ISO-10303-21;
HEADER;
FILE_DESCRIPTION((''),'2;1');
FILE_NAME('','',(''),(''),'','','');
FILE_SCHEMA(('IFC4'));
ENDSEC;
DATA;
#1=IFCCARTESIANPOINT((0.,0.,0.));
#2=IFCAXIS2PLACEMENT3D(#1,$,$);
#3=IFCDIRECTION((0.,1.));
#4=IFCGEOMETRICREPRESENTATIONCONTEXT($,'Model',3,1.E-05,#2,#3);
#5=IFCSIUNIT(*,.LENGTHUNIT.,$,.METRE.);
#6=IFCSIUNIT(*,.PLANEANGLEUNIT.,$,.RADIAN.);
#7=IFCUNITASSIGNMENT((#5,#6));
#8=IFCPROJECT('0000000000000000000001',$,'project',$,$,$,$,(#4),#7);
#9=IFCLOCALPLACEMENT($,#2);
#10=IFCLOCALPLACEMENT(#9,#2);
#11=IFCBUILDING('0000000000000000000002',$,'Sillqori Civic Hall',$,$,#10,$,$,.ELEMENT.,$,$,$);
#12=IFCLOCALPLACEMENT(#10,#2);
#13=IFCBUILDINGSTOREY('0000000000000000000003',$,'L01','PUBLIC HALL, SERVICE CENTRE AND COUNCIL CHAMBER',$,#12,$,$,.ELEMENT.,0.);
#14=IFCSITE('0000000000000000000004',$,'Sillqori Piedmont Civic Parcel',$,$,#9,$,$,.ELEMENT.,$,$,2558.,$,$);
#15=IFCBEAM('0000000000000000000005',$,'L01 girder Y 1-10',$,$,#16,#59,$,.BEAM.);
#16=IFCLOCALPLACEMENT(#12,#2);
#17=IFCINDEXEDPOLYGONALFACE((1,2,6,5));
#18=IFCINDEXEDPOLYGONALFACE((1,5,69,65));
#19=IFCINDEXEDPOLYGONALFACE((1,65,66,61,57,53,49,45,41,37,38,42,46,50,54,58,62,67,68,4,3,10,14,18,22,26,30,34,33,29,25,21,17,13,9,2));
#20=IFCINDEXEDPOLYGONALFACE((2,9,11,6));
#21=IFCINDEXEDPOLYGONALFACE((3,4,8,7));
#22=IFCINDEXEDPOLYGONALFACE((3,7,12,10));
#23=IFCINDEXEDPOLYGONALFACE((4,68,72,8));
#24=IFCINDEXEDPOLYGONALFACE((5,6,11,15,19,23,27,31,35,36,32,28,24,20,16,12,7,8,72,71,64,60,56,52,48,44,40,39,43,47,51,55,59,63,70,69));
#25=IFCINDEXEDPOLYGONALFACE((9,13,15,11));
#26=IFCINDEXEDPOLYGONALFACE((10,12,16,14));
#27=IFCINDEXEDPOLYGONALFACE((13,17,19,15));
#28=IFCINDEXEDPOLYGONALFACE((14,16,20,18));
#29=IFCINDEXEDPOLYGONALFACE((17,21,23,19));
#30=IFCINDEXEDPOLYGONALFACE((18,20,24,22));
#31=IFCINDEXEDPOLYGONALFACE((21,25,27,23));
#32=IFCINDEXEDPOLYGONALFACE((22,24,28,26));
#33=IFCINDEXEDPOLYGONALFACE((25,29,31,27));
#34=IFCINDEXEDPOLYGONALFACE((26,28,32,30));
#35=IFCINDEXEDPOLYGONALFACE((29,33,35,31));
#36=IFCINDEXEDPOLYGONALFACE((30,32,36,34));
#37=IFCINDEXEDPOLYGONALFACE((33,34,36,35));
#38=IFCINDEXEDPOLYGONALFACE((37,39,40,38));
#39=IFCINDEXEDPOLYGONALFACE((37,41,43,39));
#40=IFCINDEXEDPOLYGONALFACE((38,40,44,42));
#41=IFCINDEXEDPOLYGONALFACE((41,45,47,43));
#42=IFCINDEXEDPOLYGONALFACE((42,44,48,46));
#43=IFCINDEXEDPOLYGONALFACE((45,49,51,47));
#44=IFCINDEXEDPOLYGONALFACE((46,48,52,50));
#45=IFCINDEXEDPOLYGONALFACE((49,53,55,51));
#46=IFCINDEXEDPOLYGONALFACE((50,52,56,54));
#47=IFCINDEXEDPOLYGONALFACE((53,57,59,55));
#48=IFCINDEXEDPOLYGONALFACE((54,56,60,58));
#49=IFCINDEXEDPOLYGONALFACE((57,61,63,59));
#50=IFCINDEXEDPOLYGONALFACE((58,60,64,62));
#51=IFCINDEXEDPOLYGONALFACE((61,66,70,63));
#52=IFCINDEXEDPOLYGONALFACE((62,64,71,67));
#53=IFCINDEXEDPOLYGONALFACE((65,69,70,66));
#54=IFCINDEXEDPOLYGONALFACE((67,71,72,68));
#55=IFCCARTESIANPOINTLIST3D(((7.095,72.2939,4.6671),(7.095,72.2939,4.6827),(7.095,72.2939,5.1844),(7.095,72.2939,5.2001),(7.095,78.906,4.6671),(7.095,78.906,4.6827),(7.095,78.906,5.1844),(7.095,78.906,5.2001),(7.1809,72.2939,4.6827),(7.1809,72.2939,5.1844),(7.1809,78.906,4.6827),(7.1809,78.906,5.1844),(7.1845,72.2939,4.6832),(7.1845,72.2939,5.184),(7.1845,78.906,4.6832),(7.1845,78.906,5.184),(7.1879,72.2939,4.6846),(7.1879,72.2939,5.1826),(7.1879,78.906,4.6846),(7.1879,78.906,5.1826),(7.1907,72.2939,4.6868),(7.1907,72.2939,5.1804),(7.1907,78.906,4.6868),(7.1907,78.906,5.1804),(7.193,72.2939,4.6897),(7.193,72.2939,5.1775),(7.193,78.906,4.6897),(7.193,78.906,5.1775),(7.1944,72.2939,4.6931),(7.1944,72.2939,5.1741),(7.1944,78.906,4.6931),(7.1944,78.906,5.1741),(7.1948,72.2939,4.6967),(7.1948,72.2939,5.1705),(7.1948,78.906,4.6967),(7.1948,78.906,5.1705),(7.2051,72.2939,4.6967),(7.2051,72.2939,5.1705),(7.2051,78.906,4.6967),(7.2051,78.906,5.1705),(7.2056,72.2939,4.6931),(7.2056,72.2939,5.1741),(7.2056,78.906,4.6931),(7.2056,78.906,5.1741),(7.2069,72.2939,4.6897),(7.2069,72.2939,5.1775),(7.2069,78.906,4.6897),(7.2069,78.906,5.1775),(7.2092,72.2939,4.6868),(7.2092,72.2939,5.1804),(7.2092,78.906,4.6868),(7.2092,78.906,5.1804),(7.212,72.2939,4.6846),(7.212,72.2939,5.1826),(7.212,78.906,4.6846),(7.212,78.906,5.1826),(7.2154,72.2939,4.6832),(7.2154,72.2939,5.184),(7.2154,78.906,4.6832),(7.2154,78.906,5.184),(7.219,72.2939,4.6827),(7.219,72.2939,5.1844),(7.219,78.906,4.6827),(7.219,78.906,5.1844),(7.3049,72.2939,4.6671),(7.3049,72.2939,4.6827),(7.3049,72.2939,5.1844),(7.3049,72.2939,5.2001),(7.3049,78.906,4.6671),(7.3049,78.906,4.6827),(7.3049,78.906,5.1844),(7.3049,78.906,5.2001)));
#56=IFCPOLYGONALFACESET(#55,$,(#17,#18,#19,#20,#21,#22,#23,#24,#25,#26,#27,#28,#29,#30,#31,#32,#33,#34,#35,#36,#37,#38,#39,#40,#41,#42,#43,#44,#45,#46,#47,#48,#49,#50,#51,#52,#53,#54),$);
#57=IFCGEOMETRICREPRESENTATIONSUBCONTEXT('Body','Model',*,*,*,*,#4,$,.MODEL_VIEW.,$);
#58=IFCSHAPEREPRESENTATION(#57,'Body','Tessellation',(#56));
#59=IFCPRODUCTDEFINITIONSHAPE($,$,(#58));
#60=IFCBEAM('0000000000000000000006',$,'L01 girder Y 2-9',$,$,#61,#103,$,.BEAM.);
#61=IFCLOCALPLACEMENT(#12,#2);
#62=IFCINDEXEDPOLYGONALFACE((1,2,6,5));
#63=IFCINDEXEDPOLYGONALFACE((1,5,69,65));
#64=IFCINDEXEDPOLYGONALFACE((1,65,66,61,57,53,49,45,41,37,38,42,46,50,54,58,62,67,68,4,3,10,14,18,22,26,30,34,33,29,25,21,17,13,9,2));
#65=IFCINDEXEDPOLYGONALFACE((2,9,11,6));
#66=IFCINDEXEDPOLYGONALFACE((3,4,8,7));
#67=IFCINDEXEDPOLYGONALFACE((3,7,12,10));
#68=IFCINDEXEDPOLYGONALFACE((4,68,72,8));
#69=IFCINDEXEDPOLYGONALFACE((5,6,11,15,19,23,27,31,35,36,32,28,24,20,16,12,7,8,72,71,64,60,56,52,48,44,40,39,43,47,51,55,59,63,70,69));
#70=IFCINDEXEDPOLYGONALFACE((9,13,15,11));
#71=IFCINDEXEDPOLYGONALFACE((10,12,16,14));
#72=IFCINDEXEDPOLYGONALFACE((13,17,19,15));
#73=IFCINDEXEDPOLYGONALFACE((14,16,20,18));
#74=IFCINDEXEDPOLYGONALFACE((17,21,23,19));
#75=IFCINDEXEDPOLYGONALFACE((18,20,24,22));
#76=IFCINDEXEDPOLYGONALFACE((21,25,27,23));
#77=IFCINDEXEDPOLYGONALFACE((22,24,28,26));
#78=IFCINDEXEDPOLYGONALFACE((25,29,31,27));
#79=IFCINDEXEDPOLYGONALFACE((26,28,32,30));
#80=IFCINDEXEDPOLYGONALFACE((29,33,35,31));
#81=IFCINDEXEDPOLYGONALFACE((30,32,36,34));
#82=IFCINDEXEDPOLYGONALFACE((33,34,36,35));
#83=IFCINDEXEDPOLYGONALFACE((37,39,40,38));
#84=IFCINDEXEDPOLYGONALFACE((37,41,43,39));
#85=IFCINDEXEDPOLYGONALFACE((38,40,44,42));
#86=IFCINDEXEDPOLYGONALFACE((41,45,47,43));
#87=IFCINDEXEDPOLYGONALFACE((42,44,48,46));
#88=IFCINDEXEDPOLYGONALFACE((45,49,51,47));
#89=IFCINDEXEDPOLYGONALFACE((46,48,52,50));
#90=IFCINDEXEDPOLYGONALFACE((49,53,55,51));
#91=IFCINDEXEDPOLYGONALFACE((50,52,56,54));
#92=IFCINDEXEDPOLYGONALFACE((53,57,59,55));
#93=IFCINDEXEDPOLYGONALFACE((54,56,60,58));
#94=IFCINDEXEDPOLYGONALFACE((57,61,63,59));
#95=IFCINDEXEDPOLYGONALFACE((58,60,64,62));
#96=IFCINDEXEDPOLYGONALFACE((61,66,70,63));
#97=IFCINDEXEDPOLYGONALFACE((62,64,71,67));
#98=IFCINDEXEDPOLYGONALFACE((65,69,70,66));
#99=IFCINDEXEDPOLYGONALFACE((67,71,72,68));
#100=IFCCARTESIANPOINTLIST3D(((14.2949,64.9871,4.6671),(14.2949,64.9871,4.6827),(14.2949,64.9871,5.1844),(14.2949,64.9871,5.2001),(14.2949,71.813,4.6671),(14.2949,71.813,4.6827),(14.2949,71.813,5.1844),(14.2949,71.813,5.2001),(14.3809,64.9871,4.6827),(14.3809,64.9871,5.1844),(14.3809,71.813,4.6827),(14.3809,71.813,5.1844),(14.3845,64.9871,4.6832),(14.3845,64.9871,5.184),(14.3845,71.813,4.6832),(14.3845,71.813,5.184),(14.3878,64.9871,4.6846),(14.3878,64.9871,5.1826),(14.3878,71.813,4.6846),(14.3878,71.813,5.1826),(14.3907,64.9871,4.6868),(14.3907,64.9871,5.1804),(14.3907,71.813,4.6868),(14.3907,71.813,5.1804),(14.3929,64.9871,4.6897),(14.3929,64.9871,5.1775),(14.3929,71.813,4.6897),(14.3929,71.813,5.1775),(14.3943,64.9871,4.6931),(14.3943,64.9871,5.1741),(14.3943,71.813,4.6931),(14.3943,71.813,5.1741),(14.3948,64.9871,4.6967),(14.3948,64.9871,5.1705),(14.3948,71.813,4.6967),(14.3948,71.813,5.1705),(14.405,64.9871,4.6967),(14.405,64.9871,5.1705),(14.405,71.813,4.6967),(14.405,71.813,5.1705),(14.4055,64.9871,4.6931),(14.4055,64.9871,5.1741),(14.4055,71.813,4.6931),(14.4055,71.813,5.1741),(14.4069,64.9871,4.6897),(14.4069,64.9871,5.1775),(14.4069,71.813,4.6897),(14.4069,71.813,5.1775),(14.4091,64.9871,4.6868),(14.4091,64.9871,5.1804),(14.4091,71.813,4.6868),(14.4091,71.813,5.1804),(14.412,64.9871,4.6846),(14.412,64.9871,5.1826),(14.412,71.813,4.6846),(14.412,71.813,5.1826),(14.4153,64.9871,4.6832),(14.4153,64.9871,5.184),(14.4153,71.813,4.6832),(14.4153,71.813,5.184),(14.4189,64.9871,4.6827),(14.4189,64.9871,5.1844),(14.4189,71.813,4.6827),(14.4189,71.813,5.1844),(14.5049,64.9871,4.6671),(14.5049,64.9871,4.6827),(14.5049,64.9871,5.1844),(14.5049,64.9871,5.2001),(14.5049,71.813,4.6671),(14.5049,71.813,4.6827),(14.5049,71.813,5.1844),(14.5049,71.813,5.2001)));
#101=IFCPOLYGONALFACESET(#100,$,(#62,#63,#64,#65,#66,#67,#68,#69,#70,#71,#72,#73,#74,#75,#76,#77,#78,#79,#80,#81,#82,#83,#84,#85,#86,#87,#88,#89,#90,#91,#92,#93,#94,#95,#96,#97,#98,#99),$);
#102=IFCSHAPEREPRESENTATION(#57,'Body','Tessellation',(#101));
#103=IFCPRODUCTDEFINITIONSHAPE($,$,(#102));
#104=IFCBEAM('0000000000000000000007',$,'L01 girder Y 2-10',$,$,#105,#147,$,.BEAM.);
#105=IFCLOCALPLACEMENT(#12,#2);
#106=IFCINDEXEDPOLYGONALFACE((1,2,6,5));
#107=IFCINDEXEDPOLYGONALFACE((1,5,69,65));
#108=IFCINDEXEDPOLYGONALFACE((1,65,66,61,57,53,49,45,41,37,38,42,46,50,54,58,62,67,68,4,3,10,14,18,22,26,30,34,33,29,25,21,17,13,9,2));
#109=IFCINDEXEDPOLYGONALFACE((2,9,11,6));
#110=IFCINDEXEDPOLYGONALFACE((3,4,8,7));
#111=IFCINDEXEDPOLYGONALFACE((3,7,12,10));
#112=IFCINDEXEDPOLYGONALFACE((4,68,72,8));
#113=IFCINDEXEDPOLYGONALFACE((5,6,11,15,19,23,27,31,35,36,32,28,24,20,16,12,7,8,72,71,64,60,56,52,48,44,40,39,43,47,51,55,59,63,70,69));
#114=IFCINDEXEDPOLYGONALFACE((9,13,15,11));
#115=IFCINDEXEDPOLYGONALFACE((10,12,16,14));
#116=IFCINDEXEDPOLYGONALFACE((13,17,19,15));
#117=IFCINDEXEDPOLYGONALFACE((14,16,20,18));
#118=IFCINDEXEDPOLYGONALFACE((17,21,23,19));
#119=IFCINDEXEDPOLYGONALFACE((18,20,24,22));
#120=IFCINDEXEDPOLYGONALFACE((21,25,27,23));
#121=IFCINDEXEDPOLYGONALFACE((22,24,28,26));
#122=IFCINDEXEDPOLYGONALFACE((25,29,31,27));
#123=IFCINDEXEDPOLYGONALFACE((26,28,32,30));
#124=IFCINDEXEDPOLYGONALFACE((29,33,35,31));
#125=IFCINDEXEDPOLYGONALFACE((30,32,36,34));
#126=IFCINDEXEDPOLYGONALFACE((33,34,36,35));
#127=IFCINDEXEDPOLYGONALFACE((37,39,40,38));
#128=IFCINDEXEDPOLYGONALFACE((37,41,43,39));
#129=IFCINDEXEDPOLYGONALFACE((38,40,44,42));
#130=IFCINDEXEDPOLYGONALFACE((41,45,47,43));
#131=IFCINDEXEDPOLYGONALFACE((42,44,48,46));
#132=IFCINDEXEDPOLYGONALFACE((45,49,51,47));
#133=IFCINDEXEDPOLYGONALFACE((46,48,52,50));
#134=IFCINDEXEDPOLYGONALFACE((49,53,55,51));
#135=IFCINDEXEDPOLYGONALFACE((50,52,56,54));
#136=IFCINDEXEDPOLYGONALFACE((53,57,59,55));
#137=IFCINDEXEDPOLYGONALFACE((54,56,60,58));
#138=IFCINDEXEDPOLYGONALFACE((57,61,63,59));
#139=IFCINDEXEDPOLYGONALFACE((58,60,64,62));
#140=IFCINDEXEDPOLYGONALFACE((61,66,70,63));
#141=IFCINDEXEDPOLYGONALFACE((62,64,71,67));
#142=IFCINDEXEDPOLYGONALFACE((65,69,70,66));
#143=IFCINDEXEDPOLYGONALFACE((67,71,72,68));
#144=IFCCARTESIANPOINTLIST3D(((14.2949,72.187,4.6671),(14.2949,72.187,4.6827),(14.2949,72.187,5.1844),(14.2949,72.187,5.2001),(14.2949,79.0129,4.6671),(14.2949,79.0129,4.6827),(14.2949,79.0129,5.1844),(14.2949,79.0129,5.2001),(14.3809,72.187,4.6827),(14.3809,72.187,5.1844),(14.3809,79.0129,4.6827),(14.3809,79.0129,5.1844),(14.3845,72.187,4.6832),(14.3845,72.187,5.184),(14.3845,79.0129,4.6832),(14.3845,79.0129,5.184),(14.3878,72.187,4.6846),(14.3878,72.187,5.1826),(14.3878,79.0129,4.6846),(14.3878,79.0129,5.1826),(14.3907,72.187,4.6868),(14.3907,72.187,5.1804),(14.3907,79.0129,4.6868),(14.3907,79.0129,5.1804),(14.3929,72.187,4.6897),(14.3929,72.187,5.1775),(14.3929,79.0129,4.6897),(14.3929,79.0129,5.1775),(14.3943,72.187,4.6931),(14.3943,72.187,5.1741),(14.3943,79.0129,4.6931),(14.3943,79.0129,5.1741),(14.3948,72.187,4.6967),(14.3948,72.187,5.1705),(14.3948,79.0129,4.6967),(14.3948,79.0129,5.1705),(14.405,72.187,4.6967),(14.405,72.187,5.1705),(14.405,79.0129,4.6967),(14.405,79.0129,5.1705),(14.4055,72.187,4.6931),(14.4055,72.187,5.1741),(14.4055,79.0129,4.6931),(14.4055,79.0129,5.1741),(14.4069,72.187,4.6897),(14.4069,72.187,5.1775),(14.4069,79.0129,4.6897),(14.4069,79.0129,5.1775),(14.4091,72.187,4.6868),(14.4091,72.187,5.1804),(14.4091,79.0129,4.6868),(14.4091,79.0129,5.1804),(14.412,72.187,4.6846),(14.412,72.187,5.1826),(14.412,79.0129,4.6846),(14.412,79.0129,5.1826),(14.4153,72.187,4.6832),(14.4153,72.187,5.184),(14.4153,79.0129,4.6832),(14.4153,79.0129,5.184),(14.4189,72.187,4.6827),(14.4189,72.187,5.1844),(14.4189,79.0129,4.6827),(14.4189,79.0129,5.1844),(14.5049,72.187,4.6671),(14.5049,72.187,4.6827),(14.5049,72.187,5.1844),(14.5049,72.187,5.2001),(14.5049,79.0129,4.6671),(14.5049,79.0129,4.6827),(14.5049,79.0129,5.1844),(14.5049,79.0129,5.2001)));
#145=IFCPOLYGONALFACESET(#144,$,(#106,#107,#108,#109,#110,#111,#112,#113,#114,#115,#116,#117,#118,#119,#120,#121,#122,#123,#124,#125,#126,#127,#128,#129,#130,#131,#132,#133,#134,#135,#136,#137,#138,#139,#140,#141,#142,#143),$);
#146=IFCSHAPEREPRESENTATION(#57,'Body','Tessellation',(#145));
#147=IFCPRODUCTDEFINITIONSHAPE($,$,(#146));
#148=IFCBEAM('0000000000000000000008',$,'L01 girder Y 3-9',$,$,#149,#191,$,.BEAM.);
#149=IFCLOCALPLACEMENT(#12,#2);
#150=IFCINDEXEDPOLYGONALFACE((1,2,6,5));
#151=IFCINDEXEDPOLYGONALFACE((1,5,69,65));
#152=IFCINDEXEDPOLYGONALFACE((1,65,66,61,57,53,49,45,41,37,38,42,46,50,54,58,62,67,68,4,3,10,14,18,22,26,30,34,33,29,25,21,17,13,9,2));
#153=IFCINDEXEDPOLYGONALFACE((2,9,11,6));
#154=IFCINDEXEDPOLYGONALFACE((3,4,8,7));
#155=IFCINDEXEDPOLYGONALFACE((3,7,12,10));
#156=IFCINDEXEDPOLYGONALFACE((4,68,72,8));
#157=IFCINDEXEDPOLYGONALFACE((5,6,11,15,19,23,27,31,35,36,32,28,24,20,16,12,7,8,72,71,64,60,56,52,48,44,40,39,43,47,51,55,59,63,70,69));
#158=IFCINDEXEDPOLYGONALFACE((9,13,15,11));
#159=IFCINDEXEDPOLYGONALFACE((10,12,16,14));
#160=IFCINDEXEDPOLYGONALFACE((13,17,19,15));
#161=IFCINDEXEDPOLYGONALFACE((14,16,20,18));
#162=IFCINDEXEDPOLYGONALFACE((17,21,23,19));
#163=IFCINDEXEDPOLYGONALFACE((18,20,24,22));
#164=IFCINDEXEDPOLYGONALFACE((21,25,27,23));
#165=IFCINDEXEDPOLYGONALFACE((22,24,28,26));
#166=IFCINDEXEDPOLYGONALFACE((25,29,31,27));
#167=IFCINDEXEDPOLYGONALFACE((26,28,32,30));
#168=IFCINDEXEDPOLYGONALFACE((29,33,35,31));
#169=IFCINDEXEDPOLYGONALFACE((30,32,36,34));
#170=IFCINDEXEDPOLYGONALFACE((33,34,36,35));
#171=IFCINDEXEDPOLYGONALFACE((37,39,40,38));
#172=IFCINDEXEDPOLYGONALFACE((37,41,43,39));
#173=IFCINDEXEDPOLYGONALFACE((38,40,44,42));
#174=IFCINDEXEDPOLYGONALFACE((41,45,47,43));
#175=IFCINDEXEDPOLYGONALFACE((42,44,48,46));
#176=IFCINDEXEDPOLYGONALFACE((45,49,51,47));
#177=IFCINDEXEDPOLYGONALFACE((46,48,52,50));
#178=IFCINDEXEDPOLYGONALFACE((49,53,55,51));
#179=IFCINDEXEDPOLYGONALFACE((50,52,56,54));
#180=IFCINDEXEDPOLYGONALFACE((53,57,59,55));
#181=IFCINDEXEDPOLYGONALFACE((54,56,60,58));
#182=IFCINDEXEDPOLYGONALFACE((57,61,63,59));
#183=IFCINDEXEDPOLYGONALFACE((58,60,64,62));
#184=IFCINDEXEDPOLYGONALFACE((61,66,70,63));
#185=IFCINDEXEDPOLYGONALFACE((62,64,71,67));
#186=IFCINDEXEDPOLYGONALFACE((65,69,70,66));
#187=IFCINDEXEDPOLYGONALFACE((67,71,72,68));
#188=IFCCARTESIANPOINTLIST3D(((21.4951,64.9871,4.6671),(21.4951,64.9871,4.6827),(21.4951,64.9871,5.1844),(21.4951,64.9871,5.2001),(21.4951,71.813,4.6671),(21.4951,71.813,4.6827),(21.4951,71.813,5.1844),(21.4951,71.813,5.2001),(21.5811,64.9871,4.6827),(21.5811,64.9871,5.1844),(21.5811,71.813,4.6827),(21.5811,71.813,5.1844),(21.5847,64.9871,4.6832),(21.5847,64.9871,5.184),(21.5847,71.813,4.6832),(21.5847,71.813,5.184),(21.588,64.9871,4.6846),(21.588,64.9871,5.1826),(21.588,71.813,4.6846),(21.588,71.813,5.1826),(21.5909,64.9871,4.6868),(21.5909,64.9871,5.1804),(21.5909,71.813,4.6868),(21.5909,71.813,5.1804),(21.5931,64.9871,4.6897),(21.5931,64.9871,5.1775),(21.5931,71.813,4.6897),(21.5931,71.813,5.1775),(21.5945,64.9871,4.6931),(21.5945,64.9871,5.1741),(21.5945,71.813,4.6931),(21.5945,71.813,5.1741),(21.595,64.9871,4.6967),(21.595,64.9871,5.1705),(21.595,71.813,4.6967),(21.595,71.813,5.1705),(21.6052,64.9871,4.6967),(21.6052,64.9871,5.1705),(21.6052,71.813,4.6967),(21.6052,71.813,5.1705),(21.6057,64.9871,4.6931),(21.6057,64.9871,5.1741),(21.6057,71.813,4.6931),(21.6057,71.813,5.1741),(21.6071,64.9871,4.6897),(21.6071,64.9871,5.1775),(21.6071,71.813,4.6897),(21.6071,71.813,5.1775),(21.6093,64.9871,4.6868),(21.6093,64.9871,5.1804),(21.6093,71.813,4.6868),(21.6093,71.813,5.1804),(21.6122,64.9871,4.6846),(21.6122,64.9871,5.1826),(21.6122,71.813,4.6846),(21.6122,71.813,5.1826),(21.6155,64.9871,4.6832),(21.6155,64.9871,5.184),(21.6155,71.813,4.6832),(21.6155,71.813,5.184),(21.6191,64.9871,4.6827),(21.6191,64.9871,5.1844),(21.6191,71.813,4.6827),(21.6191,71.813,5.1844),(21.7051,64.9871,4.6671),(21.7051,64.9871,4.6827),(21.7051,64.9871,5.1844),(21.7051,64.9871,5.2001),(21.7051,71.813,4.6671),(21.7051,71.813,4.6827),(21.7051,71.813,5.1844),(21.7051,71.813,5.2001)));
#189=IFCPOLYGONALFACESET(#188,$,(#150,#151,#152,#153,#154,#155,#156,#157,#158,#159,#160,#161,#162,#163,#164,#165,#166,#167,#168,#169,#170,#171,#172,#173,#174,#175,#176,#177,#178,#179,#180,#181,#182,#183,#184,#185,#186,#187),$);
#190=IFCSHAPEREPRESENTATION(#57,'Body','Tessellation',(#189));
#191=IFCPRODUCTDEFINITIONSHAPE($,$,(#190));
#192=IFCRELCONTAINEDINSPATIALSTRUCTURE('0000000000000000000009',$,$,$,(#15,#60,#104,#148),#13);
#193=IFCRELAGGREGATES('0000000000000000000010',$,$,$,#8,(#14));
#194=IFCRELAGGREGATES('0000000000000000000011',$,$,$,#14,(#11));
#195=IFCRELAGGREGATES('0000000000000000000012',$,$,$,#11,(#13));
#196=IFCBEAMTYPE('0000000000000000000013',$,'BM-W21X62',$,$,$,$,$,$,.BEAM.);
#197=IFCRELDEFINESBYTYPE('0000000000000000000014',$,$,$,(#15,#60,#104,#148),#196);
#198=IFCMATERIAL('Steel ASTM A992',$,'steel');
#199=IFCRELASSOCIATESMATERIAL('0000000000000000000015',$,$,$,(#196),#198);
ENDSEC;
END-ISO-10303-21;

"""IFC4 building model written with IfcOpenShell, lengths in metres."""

from ifc_helpers import new_model, si_unit, direction, frame, origin, origin_2d, place, context, subcontext, project, spatial, i_section, extrude, material, material_profile, profile_set, type_object, element, save


model = new_model("IFC4")

# Units and contexts
model_context = context("Model", 3, precision=1e-05, world=origin(), true_north=direction((0.0, 1.0)))
body_context = subcontext(model_context, "Body", "Model", "MODEL_VIEW")
ifc_project = project(units=[si_unit("LENGTHUNIT", "METRE"), si_unit("PLANEANGLEUNIT", "RADIAN")], contexts=[model_context])

# Site, building, storey
site_placement = place(None, origin())
site = spatial("IfcSite", under=ifc_project, at=site_placement, Name="Sillqori Piedmont Civic Parcel", CompositionType="ELEMENT", RefElevation=2558.0)
building_placement = place(site_placement, origin())
building = spatial("IfcBuilding", under=site, at=building_placement, Name="Sillqori Civic Hall", CompositionType="ELEMENT")
storey_placement = place(building_placement, origin())
storey = spatial("IfcBuildingStorey", under=building, at=storey_placement, Name="L01", Description="PUBLIC HALL, SERVICE CENTRE AND COUNCIL CHAMBER", CompositionType="ELEMENT", Elevation=0.0)

# Shared definitions
ifc_material_1 = material(Name="Steel ASTM A992", Category="steel")

# Beams
ifc_material_profile_1 = material_profile(ifc_material_1, i_section(OverallWidth=0.21, OverallDepth=0.533, WebThickness=0.0103, FlangeThickness=0.0156, FilletRadius=0.0139, at=origin_2d()), Name="W21X62")
ifc_profile_set_1 = profile_set([ifc_material_profile_1], Name="Steel ASTM A992")
beam_type_1 = type_object("IfcBeamType", Name="BM-W21X62", PredefinedType="BEAM", material=ifc_profile_set_1)
for number, where, z_axis, x_axis, name in (
    (1, (7.2, 72.2939, 4.9336), (0.0, 1.0, 0.0), (-1.0, 0.0, 0.0), "L01 girder Y 1-10"),
):
    element("IfcBeam", number, at=place(storey_placement, frame(where, z_axis=z_axis, x_axis=x_axis)), inside=storey, type_object=beam_type_1, Name=name, PredefinedType="BEAM", context=body_context, shape_type="SweptSolid", body=[
        extrude(i_section(OverallWidth=0.21, OverallDepth=0.533, WebThickness=0.0103, FlangeThickness=0.0156, FilletRadius=0.0139, at=origin_2d()), origin(), (0.0, 0.0, 1.0), 6.6121),
    ])
for number, where, z_axis, x_axis, name in (
    (2, (14.3999, 64.9871, 4.9336), (0.0, 1.0, 0.0), (-1.0, 0.0, 0.0), "L01 girder Y 2-9"),
    (3, (14.3999, 72.187, 4.9336), (0.0, 1.0, 0.0), (-1.0, 0.0, 0.0), "L01 girder Y 2-10"),
    (4, (21.6001, 64.9871, 4.9336), (0.0, 1.0, 0.0), (-1.0, 0.0, 0.0), "L01 girder Y 3-9"),
):
    element("IfcBeam", number, at=place(storey_placement, frame(where, z_axis=z_axis, x_axis=x_axis)), inside=storey, type_object=beam_type_1, Name=name, PredefinedType="BEAM", context=body_context, shape_type="SweptSolid", body=[
        extrude(i_section(OverallWidth=0.21, OverallDepth=0.533, WebThickness=0.0103, FlangeThickness=0.0156, FilletRadius=0.0139, at=origin_2d()), origin(), (0.0, 0.0, 1.0), 6.8259),
    ])

save(model, "model.ifc")
